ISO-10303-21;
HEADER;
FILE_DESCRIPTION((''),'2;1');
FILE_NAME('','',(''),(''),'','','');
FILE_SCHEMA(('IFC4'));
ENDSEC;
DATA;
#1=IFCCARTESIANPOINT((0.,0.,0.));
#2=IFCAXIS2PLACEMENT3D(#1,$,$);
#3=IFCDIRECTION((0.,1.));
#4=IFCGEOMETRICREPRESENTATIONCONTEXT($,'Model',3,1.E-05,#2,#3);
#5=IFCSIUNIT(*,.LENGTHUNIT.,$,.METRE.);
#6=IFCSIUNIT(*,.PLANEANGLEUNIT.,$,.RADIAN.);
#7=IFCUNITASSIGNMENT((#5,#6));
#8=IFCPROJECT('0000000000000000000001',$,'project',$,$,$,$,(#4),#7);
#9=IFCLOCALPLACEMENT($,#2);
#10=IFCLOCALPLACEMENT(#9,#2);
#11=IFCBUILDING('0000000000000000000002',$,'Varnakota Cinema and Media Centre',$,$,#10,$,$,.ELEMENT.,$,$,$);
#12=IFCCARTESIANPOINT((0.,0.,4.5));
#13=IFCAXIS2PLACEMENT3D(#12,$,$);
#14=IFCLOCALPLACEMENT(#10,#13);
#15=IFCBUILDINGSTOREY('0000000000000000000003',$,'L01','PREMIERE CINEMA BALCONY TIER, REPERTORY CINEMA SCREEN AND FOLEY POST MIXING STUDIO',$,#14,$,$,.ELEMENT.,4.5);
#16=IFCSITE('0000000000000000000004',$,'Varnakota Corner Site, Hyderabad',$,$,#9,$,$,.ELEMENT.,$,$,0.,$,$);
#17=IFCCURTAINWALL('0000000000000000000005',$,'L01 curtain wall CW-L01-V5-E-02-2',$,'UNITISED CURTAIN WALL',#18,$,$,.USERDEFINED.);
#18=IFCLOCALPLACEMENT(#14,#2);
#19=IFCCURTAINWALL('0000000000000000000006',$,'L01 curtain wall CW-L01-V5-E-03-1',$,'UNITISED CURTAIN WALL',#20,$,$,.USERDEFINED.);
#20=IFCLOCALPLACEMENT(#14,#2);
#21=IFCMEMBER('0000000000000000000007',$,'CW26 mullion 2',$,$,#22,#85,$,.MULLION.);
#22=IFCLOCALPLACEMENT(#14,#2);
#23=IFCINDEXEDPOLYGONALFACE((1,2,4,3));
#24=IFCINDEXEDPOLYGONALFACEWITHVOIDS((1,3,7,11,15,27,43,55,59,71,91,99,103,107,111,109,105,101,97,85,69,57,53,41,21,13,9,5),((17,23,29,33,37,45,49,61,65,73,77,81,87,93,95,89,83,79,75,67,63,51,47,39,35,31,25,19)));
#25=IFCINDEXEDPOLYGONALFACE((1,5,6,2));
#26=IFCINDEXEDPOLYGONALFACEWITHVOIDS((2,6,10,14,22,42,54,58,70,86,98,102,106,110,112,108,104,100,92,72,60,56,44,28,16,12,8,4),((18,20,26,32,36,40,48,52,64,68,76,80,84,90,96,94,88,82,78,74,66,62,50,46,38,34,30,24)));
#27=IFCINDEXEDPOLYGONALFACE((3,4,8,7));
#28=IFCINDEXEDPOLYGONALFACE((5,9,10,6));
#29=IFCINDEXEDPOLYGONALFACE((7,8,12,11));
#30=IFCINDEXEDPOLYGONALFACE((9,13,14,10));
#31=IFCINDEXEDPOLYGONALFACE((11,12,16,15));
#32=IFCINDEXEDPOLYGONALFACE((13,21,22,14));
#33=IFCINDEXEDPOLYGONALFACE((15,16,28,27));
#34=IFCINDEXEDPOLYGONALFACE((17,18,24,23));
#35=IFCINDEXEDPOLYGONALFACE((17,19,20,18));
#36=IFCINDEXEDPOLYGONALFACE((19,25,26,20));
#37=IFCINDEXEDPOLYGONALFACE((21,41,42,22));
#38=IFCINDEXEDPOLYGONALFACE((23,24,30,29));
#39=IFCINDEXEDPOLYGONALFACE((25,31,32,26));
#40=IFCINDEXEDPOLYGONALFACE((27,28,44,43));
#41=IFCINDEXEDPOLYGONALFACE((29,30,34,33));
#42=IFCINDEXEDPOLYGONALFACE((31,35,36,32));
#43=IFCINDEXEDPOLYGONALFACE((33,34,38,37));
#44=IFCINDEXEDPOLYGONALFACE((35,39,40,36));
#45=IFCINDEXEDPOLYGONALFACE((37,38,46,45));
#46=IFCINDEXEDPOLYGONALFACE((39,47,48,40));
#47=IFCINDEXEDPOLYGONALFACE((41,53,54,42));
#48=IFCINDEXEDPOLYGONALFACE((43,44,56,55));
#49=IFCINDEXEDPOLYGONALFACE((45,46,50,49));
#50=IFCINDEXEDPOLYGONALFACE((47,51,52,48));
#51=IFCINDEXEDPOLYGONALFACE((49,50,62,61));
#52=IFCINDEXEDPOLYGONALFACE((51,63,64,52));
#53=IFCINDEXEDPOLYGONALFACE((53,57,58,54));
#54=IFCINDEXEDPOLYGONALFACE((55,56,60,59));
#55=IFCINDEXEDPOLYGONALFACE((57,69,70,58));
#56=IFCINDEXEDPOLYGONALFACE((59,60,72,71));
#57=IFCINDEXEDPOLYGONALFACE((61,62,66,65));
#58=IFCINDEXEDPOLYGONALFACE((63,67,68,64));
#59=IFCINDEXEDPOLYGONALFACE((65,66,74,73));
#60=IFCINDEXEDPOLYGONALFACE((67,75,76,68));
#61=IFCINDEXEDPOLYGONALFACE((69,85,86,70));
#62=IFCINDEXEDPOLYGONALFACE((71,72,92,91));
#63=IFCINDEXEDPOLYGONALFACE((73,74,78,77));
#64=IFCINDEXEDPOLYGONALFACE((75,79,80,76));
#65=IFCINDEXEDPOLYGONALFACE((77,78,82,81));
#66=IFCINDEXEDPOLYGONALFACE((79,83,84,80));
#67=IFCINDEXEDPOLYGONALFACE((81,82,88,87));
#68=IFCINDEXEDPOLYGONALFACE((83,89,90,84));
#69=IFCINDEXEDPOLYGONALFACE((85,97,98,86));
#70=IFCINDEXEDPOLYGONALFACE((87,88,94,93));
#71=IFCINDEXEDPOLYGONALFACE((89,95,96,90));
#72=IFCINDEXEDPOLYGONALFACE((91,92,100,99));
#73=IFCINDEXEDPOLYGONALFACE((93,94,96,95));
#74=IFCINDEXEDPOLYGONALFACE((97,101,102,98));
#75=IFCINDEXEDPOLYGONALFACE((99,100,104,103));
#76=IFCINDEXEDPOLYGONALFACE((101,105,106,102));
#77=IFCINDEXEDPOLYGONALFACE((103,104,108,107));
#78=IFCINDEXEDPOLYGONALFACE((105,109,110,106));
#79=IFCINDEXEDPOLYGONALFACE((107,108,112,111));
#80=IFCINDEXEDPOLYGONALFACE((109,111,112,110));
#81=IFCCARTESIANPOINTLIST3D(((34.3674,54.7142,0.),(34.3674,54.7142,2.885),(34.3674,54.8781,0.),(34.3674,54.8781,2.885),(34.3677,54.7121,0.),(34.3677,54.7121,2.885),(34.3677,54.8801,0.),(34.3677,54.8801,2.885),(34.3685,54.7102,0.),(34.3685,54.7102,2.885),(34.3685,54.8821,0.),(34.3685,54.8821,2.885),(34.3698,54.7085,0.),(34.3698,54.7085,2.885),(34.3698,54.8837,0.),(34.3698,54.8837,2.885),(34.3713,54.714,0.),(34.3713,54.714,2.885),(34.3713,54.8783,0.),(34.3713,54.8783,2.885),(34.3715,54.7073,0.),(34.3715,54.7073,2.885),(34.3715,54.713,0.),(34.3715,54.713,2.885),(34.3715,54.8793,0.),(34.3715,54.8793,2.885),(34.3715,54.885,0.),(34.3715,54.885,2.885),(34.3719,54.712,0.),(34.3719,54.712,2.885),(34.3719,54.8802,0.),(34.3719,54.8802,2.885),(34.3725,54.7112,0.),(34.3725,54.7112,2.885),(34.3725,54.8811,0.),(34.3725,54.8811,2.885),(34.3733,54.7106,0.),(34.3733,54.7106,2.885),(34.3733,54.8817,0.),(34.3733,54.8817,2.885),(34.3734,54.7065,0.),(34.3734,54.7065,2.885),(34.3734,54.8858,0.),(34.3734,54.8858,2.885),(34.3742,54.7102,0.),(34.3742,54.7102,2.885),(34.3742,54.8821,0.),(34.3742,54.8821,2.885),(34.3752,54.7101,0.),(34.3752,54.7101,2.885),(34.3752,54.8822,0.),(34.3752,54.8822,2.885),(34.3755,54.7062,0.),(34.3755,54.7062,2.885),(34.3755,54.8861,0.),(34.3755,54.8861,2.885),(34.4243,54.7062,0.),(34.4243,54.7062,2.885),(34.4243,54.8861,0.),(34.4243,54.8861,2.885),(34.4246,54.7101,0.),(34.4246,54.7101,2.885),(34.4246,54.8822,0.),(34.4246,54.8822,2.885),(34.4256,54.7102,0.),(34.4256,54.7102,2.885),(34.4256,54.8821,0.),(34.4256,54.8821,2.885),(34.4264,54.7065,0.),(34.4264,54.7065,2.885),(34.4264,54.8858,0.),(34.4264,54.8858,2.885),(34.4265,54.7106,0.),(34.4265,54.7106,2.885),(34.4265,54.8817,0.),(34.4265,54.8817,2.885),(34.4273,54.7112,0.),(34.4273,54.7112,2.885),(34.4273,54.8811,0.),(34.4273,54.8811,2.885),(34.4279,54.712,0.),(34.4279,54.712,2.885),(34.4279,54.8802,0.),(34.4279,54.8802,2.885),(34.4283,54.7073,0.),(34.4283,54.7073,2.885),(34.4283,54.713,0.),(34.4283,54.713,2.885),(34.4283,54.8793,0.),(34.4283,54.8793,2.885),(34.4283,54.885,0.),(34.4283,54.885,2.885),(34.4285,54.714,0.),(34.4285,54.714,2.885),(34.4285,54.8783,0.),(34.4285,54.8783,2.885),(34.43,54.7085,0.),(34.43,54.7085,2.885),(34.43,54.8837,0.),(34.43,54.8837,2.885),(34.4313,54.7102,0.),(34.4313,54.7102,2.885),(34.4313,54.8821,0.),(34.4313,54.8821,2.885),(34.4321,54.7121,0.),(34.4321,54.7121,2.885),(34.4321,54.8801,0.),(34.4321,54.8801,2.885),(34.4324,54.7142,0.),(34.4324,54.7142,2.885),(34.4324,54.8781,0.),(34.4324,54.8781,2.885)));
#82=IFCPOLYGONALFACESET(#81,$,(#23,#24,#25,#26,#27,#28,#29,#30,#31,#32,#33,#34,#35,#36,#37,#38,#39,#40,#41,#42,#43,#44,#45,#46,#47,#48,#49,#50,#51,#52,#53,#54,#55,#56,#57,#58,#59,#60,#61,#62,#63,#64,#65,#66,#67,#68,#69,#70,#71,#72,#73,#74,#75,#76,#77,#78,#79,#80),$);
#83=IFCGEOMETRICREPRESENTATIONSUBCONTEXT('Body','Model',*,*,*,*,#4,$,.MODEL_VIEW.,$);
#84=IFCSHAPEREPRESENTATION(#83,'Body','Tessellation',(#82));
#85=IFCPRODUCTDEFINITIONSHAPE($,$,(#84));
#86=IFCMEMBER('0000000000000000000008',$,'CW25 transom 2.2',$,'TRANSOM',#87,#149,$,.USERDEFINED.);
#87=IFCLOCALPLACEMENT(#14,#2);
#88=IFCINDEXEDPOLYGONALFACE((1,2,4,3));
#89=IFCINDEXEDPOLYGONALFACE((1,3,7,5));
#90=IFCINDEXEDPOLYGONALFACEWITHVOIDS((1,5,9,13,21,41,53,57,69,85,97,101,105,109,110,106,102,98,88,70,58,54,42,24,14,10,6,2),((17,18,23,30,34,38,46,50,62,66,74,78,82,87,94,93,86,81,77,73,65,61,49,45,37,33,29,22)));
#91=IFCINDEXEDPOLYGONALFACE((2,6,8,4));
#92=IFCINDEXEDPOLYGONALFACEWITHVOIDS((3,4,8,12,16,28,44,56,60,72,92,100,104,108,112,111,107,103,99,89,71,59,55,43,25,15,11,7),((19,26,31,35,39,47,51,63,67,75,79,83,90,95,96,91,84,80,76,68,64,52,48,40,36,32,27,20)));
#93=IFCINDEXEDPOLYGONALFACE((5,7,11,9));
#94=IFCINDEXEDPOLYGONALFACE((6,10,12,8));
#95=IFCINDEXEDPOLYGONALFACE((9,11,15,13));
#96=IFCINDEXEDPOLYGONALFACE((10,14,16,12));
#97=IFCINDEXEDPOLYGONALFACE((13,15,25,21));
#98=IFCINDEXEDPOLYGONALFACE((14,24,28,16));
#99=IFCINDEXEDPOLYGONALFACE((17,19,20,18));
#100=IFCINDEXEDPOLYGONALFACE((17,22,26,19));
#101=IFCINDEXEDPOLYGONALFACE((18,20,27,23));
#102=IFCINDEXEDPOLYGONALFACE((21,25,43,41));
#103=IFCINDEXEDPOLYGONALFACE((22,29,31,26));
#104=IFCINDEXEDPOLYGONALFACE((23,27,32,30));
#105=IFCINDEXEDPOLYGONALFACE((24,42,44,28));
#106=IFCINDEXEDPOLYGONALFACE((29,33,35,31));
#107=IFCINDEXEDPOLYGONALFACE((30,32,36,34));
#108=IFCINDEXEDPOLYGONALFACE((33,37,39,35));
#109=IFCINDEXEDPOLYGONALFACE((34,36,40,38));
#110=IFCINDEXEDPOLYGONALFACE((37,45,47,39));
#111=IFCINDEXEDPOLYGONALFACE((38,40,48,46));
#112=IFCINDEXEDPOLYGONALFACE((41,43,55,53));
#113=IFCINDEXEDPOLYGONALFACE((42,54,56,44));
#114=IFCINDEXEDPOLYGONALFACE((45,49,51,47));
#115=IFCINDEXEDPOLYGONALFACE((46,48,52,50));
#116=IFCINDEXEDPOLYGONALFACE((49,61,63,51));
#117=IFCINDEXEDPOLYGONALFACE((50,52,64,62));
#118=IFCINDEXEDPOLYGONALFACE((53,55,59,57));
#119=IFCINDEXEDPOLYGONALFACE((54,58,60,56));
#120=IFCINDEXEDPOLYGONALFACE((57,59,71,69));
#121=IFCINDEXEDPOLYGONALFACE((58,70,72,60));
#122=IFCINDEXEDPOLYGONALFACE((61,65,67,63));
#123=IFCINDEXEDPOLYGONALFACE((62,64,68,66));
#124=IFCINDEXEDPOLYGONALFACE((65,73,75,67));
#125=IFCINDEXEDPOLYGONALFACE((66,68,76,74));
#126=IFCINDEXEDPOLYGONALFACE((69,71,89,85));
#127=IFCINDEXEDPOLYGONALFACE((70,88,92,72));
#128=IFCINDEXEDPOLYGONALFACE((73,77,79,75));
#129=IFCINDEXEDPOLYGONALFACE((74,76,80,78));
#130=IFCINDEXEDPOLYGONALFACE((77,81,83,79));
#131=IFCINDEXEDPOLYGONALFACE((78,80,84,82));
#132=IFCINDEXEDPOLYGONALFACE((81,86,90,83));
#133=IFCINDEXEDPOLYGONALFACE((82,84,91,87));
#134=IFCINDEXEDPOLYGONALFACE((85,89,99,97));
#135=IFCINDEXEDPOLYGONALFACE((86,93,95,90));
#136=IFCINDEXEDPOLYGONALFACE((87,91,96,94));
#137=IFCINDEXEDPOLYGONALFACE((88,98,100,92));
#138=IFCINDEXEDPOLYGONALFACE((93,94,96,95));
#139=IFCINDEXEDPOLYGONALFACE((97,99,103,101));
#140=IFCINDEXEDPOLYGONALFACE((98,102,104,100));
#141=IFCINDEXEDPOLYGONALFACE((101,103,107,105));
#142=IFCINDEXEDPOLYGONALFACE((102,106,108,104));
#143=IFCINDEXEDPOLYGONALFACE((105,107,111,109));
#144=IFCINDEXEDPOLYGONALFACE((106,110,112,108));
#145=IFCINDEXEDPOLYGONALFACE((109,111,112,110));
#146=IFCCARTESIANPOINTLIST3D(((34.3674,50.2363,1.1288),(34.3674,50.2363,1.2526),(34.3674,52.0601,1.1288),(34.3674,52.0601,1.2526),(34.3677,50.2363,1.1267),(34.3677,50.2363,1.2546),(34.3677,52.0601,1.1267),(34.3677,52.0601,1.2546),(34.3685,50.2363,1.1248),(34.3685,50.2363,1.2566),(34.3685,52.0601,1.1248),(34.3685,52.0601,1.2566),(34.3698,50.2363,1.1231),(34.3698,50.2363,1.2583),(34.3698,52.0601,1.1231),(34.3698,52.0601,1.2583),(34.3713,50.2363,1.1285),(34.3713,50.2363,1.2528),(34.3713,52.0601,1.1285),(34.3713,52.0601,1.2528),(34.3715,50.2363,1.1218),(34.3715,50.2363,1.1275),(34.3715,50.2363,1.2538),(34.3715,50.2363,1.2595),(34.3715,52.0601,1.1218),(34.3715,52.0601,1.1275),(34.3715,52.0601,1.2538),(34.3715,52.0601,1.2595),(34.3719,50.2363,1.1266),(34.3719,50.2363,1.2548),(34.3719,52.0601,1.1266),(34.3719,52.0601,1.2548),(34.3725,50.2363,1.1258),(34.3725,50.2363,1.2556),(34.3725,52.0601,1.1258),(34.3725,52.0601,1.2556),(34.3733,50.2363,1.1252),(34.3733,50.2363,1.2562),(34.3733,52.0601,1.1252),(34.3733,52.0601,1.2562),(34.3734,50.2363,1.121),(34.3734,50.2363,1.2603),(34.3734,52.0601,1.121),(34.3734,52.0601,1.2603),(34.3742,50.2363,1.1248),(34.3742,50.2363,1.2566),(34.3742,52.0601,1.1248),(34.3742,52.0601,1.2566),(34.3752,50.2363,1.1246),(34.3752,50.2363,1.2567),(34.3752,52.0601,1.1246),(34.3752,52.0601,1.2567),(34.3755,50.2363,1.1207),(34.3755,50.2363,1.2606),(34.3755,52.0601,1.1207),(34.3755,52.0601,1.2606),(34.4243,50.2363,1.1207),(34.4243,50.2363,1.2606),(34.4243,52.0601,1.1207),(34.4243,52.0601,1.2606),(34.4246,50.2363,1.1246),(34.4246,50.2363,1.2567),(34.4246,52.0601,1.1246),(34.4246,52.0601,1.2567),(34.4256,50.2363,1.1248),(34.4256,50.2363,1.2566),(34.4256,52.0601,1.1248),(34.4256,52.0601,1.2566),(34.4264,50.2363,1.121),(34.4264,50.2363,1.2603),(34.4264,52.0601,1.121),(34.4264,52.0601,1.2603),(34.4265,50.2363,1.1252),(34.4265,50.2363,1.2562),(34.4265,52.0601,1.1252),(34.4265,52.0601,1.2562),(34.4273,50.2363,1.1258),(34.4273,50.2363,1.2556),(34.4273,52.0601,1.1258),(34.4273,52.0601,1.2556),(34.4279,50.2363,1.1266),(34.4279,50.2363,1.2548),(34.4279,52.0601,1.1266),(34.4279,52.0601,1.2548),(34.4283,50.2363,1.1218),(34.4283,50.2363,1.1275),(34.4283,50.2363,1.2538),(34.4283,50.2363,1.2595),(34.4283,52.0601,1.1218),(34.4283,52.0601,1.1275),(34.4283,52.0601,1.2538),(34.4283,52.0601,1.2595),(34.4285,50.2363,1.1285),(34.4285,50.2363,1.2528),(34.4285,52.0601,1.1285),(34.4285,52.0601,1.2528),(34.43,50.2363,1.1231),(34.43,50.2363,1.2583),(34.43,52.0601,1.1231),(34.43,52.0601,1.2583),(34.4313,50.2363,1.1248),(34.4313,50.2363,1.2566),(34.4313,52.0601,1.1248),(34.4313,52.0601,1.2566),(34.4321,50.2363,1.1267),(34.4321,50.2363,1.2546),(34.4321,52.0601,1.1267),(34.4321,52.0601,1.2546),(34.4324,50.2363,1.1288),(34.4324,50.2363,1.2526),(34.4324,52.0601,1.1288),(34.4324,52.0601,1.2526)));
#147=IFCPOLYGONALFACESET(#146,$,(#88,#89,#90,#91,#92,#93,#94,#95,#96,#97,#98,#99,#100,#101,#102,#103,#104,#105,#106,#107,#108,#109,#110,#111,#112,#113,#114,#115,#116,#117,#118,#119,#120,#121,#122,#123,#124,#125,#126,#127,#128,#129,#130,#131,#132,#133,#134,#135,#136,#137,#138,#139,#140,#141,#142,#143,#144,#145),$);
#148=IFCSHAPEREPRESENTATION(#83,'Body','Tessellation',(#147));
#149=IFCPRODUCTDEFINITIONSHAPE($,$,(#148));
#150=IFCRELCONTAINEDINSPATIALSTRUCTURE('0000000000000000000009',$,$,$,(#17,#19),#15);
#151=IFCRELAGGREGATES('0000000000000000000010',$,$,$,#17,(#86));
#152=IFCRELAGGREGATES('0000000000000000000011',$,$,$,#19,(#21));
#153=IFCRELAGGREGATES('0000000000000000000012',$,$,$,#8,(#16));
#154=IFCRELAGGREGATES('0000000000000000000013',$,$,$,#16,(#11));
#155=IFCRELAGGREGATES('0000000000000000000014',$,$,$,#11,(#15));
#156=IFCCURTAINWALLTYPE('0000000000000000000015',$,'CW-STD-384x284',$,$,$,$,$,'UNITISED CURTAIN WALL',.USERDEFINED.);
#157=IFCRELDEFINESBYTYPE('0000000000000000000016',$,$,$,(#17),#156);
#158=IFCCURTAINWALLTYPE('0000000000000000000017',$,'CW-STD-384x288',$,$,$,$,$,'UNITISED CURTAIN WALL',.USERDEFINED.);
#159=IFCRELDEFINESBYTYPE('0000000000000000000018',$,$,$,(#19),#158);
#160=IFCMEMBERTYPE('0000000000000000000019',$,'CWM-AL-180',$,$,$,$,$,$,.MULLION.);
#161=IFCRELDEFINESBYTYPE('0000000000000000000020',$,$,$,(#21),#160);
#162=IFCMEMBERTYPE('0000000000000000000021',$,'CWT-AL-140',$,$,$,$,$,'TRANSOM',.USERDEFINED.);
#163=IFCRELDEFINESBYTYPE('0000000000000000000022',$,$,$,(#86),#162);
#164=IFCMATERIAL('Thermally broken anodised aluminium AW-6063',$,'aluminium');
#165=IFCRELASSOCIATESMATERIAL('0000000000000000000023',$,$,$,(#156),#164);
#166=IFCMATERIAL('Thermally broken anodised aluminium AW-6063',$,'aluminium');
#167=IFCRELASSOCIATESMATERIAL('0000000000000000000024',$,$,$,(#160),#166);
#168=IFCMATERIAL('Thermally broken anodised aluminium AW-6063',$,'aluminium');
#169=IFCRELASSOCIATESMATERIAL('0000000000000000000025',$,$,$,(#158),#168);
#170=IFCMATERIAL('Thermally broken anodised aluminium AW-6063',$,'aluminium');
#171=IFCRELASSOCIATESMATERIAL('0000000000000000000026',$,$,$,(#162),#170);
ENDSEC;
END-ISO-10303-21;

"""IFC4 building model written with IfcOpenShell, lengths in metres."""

from ifc_helpers import new_model, si_unit, direction, frame, origin, origin_2d, place, context, subcontext, project, spatial, hollow_rectangle, extrude, material, material_profile, profile_set, type_object, element, aggregate, save


model = new_model("IFC4")

# Units and contexts
model_context = context("Model", 3, precision=1e-05, world=origin(), true_north=direction((0.0, 1.0)))
body_context = subcontext(model_context, "Body", "Model", "MODEL_VIEW")
ifc_project = project(units=[si_unit("LENGTHUNIT", "METRE"), si_unit("PLANEANGLEUNIT", "RADIAN")], contexts=[model_context])

# Site, building, storey
site_placement = place(None, origin())
site = spatial("IfcSite", under=ifc_project, at=site_placement, Name="Varnakota Corner Site, Hyderabad", CompositionType="ELEMENT", RefElevation=0.0)
building_placement = place(site_placement, origin())
building = spatial("IfcBuilding", under=site, at=building_placement, Name="Varnakota Cinema and Media Centre", CompositionType="ELEMENT")
storey_placement = place(building_placement, frame((0.0, 0.0, 4.5)))
storey = spatial("IfcBuildingStorey", under=building, at=storey_placement, Name="L01", Description="PREMIERE CINEMA BALCONY TIER, REPERTORY CINEMA SCREEN AND FOLEY POST MIXING STUDIO", CompositionType="ELEMENT", Elevation=4.5)

# Curtain wall
ifc_material_1 = material(Name="Thermally broken anodised aluminium AW-6063", Category="aluminium")
curtain_wall_type_1 = type_object("IfcCurtainWallType", Name="CW-STD-384x284", ElementType="UNITISED CURTAIN WALL", PredefinedType="USERDEFINED", material=ifc_material_1)
curtain_wall_1_placement = place(storey_placement, origin())
curtain_wall_1 = element("IfcCurtainWall", 1, at=curtain_wall_1_placement, inside=storey, type_object=curtain_wall_type_1, Name="L01 curtain wall CW-L01-V5-E-02-2", ObjectType="UNITISED CURTAIN WALL", PredefinedType="USERDEFINED")
ifc_material_2 = material(Name="Thermally broken anodised aluminium AW-6063", Category="aluminium")
ifc_material_profile_1 = material_profile(ifc_material_2, hollow_rectangle(XDim=0.0649, YDim=0.1799, WallThickness=0.0039, InnerFilletRadius=0.0039, OuterFilletRadius=0.0081, at=origin_2d()), Name="AL-MULLION 180x65x4")
ifc_profile_set_1 = profile_set([ifc_material_profile_1], Name="Thermally broken anodised aluminium AW-6063")
member_type_1 = type_object("IfcMemberType", Name="CWM-AL-180", PredefinedType="MULLION", material=ifc_profile_set_1)

# Curtain wall, member
ifc_material_3 = material(Name="Thermally broken anodised aluminium AW-6063", Category="aluminium")
curtain_wall_type_2 = type_object("IfcCurtainWallType", Name="CW-STD-384x288", ElementType="UNITISED CURTAIN WALL", PredefinedType="USERDEFINED", material=ifc_material_3)
curtain_wall_2_placement = place(storey_placement, origin())
curtain_wall_2 = element("IfcCurtainWall", 2, at=curtain_wall_2_placement, inside=storey, type_object=curtain_wall_type_2, Name="L01 curtain wall CW-L01-V5-E-03-1", ObjectType="UNITISED CURTAIN WALL", PredefinedType="USERDEFINED")
member_1_placement = place(storey_placement, frame((34.3999, 54.7961, 0.0), z_axis=(0.0, 0.0, 1.0), x_axis=(-1.0, 0.0, 0.0)))
member_1 = element("IfcMember", 3, at=member_1_placement, type_object=member_type_1, Name="CW26 mullion 2", PredefinedType="MULLION", context=body_context, shape_type="SweptSolid", body=[
    extrude(hollow_rectangle(XDim=0.0649, YDim=0.1799, WallThickness=0.0039, InnerFilletRadius=0.0039, OuterFilletRadius=0.0081, at=origin_2d()), origin(), (0.0, 0.0, 1.0), 2.885),
])

# Member
ifc_material_4 = material(Name="Thermally broken anodised aluminium AW-6063", Category="aluminium")
ifc_material_profile_2 = material_profile(ifc_material_4, hollow_rectangle(XDim=0.0649, YDim=0.1399, WallThickness=0.0039, InnerFilletRadius=0.0039, OuterFilletRadius=0.0081, at=origin_2d()), Name="AL-TRANSOM 140x65x4")
ifc_profile_set_2 = profile_set([ifc_material_profile_2], Name="Thermally broken anodised aluminium AW-6063")
member_type_2 = type_object("IfcMemberType", Name="CWT-AL-140", ElementType="TRANSOM", PredefinedType="USERDEFINED", material=ifc_profile_set_2)
member_2_placement = place(storey_placement, frame((34.3999, 50.2363, 1.1907), z_axis=(0.0, 1.0, 0.0), x_axis=(-1.0, 0.0, 0.0)))
member_2 = element("IfcMember", 4, at=member_2_placement, type_object=member_type_2, Name="CW25 transom 2.2", ObjectType="TRANSOM", PredefinedType="USERDEFINED", context=body_context, shape_type="SweptSolid", body=[
    extrude(hollow_rectangle(XDim=0.0649, YDim=0.1399, WallThickness=0.0039, InnerFilletRadius=0.0039, OuterFilletRadius=0.0081, at=origin_2d()), origin(), (0.0, 0.0, 1.0), 1.8237),
])

aggregate(curtain_wall_1, [member_2])
aggregate(curtain_wall_2, [member_1])

save(model, "model.ifc")
